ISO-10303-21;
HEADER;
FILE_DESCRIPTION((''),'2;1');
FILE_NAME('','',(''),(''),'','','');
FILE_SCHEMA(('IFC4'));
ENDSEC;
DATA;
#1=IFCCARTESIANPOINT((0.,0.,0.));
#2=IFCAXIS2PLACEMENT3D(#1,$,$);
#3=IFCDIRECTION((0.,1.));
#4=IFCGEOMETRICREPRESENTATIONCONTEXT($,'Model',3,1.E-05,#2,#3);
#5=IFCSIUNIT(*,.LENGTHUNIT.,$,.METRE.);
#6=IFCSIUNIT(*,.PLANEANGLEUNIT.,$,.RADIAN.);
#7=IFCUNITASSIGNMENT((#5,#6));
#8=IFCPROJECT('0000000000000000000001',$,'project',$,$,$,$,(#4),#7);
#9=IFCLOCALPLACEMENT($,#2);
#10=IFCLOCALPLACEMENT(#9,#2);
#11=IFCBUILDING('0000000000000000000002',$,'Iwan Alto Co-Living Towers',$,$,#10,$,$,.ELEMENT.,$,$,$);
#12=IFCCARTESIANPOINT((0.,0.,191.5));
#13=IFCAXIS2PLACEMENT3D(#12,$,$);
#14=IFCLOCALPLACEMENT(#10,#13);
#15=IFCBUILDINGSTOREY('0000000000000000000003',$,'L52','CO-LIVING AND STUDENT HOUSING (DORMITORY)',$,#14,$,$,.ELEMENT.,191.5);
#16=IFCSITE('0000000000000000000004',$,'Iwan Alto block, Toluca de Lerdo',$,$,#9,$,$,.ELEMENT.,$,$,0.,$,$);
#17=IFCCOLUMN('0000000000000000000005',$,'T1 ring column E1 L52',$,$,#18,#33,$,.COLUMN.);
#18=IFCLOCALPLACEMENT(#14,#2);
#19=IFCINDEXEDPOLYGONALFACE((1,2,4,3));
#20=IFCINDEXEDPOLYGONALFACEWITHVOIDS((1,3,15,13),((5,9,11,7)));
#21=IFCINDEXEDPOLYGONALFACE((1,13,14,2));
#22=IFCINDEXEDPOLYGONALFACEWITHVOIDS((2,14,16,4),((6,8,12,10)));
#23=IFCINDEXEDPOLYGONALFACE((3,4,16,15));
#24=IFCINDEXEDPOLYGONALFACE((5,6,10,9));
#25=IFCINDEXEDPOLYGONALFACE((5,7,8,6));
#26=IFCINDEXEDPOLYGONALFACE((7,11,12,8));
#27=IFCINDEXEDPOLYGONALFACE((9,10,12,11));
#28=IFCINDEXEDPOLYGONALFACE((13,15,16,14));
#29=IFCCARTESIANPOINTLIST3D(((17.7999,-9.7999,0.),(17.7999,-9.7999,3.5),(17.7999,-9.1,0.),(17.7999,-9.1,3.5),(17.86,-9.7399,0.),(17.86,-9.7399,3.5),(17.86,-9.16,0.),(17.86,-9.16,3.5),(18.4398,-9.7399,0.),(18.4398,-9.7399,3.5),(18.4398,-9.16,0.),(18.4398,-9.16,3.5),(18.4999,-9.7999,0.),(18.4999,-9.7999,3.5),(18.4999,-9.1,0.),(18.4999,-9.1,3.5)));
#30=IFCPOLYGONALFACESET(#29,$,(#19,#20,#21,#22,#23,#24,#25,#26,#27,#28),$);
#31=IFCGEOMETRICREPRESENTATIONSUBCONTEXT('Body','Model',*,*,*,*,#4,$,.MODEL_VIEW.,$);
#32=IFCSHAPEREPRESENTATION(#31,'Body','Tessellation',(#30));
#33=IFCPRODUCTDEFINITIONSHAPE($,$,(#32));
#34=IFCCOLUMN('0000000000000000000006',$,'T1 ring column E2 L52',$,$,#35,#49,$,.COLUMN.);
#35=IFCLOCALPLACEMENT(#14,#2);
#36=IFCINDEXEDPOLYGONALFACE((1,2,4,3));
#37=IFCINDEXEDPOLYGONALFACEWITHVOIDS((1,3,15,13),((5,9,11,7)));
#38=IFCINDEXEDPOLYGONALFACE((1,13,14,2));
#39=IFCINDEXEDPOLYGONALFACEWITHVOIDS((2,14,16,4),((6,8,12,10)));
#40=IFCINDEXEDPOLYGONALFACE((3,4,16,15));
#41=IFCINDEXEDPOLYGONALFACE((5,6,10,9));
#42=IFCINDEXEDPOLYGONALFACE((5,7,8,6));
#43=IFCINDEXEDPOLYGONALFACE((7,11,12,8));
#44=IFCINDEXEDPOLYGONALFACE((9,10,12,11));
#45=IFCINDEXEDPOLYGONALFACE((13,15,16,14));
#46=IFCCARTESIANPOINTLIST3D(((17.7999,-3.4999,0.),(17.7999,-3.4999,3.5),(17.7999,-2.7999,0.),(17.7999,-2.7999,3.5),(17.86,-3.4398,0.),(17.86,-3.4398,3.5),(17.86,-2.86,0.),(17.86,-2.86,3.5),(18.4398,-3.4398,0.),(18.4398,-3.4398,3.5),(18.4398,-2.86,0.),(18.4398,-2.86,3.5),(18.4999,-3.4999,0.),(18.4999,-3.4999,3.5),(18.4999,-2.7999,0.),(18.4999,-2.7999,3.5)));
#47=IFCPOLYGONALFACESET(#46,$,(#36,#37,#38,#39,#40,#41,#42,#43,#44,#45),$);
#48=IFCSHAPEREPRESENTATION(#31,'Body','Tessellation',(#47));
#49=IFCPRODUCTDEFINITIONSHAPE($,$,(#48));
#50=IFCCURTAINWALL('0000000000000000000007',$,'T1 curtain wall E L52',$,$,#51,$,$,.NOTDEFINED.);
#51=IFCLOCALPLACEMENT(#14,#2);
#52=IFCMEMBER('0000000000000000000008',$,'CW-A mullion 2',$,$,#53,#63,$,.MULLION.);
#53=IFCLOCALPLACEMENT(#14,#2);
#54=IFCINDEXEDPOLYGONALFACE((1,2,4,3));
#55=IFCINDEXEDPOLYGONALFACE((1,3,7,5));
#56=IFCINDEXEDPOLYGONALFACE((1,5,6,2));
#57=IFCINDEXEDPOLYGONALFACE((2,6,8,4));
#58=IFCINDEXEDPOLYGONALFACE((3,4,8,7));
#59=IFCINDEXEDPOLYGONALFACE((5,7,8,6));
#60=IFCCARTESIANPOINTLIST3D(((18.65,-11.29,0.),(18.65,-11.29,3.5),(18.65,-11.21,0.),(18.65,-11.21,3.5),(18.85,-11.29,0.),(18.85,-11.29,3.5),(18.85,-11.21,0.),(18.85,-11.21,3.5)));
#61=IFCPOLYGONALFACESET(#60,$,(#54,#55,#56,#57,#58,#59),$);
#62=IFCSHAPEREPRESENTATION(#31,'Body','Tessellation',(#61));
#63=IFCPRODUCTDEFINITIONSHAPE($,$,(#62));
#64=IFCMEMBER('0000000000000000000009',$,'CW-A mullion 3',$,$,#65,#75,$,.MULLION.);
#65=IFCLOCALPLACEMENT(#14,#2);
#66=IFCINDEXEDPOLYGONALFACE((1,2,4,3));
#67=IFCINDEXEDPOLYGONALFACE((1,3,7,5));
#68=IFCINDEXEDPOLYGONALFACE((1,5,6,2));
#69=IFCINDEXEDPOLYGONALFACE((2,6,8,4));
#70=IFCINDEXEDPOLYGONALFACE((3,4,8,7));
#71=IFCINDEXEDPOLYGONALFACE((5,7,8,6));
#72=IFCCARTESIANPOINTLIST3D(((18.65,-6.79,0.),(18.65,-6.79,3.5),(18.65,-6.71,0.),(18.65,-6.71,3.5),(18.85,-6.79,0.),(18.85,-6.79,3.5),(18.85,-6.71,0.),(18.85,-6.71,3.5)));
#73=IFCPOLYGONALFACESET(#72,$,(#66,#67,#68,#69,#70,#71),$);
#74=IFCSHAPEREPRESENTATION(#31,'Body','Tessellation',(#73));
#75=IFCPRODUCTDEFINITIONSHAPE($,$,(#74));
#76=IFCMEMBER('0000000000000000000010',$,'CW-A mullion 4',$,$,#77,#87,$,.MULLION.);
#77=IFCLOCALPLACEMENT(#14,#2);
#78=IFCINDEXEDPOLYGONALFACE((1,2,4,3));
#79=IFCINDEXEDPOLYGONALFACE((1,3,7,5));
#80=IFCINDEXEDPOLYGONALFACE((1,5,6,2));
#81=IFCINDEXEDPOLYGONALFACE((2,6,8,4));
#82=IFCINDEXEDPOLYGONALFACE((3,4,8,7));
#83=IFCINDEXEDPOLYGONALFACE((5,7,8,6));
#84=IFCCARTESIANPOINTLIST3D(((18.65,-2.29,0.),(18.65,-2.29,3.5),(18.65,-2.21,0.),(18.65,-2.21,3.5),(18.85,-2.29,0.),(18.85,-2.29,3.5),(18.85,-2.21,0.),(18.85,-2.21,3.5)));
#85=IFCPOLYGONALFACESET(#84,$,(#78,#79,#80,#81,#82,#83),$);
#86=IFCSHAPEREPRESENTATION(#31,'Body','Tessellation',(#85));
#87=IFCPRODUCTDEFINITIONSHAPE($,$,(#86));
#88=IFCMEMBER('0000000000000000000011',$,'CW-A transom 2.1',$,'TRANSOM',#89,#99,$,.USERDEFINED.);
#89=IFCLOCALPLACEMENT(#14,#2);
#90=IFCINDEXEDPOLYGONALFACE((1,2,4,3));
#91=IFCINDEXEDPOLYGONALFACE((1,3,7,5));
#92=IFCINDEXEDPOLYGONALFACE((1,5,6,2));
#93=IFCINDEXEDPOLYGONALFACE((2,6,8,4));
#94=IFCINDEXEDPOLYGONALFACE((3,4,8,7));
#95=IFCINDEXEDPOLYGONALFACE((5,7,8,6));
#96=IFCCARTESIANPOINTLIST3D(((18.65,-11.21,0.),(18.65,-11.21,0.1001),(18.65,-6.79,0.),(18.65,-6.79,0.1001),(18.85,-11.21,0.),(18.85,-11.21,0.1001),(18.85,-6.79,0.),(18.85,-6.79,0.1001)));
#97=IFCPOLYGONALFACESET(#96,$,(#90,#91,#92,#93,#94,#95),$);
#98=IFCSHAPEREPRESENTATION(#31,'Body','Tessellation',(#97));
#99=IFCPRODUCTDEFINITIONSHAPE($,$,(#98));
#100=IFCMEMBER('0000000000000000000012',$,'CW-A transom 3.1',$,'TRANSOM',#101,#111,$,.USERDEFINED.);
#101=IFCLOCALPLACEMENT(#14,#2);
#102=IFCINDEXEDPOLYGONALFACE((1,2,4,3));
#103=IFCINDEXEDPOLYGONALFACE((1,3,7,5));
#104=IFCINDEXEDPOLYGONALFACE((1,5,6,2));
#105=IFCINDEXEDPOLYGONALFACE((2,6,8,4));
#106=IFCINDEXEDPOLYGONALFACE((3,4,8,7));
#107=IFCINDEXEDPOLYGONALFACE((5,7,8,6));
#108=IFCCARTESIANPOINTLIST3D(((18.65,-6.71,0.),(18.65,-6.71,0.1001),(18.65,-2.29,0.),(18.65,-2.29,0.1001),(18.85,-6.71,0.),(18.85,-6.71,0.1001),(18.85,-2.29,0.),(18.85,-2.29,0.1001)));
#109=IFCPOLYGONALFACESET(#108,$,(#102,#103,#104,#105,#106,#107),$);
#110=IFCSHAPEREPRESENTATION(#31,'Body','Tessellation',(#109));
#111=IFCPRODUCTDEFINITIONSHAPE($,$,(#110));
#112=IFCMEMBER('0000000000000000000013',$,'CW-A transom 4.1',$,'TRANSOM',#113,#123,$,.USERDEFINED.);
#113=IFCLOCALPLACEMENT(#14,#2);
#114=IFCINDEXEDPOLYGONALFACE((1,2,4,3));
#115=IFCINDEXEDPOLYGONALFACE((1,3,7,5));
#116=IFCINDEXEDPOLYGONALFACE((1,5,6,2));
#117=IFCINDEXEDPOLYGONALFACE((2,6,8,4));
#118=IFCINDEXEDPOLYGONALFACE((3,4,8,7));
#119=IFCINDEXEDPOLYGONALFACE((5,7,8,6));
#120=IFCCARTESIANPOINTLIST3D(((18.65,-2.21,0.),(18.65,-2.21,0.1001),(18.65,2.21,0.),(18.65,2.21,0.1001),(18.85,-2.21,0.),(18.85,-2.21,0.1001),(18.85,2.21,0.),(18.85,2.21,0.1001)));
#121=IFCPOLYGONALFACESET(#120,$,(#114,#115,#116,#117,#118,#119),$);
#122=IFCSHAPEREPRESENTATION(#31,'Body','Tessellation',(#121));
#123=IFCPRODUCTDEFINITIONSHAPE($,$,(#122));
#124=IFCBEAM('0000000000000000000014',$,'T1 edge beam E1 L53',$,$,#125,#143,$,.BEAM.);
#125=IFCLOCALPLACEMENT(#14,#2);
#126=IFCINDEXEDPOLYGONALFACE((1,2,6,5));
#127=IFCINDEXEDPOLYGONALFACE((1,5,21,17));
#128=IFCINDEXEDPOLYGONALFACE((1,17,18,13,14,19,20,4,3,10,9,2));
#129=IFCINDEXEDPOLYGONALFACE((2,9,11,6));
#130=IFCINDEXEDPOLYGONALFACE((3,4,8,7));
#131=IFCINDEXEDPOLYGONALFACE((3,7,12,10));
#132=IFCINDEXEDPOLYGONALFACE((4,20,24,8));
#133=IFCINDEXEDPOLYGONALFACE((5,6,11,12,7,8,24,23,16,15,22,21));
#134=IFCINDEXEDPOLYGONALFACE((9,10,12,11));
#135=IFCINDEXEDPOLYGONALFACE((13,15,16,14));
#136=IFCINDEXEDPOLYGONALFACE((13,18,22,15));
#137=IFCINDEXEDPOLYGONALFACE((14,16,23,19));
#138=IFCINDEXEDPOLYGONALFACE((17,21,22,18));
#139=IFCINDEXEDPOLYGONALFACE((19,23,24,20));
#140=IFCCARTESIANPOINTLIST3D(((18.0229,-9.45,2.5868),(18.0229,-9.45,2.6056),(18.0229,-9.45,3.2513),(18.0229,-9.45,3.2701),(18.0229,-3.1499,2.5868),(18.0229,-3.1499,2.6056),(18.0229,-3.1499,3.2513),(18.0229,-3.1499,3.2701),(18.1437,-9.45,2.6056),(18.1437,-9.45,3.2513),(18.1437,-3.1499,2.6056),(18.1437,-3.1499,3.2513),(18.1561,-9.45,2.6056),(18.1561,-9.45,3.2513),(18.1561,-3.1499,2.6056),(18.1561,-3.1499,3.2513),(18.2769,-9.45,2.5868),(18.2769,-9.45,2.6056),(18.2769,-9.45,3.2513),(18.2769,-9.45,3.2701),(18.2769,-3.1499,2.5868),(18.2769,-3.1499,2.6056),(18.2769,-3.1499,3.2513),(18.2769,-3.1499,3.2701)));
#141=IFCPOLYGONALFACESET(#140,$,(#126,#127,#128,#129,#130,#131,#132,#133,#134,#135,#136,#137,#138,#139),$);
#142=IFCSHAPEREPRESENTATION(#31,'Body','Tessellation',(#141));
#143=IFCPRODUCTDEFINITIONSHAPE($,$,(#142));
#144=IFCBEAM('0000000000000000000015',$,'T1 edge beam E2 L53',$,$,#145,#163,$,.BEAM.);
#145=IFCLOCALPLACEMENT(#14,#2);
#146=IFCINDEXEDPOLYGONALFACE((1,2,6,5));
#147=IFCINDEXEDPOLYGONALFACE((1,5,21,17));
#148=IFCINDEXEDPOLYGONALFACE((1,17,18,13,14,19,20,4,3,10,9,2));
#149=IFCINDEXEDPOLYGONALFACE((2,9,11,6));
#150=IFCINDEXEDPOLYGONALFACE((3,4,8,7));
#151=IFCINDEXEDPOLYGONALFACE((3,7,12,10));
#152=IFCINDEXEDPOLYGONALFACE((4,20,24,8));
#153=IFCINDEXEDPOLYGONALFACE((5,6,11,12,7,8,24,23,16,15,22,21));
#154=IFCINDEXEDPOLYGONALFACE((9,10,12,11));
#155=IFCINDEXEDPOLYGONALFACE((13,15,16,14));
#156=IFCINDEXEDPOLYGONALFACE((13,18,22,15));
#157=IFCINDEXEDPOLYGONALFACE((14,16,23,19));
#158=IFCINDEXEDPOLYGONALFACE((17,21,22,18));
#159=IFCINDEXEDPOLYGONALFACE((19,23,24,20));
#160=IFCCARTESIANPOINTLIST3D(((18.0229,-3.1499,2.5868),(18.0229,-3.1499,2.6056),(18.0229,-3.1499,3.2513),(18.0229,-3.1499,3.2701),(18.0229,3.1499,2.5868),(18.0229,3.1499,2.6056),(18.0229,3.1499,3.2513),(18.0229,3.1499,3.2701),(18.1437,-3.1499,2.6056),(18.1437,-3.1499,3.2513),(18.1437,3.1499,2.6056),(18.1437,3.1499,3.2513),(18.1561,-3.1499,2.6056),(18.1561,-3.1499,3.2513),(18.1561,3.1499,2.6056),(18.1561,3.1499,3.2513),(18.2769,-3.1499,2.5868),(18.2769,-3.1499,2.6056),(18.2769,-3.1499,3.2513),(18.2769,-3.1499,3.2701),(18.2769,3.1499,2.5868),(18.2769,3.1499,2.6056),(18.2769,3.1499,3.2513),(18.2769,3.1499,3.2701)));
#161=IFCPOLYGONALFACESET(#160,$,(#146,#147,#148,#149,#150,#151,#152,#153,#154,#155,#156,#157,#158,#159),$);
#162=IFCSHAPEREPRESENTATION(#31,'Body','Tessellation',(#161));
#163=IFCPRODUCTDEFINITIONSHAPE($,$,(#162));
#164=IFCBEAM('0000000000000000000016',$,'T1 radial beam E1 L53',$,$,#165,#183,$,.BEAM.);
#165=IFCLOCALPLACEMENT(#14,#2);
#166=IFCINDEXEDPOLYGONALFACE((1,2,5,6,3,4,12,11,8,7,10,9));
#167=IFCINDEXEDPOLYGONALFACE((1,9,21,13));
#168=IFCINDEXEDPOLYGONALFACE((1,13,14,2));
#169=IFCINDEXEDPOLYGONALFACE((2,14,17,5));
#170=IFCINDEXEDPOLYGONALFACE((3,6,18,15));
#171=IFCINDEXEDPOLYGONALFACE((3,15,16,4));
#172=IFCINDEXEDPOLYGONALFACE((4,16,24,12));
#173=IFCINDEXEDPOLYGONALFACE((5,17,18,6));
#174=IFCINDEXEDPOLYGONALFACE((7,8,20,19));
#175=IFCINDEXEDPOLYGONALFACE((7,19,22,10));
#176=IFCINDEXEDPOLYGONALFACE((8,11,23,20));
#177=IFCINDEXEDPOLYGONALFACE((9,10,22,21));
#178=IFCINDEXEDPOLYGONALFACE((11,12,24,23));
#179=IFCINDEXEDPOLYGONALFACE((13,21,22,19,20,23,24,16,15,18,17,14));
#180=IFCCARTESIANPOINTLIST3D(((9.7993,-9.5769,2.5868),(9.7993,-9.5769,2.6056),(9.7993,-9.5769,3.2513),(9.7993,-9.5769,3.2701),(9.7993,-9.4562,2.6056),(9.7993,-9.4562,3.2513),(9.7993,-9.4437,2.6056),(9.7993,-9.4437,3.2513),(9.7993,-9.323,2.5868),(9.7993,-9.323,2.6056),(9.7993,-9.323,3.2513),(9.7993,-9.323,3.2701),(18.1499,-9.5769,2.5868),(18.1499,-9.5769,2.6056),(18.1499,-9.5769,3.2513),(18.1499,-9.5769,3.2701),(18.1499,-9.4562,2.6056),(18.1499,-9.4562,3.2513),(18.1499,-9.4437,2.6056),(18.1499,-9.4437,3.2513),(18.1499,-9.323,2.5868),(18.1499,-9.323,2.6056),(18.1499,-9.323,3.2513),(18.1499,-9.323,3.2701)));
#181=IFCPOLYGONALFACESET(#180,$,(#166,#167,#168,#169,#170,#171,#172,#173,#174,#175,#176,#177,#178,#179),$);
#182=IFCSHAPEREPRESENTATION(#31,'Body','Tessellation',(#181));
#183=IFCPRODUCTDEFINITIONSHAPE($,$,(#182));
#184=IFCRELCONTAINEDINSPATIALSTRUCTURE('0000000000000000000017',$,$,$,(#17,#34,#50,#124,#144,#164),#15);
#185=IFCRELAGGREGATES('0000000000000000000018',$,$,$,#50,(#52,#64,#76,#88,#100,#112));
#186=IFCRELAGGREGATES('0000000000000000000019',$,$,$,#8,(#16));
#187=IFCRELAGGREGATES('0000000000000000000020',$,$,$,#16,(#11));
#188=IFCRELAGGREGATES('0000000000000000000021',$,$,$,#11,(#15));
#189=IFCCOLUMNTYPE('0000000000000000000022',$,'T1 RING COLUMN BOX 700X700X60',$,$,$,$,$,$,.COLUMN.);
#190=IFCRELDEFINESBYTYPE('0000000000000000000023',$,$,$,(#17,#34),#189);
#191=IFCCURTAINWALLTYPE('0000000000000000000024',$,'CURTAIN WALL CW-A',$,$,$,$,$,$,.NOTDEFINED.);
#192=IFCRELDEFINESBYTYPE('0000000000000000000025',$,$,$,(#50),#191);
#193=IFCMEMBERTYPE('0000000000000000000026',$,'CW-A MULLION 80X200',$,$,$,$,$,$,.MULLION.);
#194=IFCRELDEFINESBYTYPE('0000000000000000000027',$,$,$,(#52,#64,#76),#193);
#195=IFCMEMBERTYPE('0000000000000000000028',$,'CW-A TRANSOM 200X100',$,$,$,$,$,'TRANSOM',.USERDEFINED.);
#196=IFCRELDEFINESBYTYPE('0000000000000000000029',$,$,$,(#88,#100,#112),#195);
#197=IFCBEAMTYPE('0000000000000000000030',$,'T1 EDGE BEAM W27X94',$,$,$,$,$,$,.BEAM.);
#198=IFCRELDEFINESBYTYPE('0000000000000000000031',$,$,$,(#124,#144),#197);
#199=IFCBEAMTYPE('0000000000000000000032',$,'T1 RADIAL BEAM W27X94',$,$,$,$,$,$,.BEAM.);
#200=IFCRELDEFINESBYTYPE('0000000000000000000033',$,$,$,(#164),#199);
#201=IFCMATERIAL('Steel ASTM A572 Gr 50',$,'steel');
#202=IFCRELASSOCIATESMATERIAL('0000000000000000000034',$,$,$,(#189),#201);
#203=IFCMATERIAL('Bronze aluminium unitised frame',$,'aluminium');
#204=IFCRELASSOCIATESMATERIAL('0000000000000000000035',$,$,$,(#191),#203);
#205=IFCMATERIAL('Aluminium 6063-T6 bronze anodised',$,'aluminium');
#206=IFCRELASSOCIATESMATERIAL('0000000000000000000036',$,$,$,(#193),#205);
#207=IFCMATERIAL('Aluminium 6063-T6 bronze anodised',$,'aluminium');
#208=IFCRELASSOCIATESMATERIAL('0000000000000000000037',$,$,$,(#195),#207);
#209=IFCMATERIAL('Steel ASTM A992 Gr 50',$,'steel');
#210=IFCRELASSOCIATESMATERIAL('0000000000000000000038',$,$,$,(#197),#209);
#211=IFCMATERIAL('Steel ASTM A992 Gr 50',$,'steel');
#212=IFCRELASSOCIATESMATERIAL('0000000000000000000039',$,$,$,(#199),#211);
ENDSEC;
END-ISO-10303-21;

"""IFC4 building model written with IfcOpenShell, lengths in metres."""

from ifc_helpers import new_model, si_unit, direction, frame, origin, origin_2d, place, context, subcontext, project, spatial, rectangle, hollow_rectangle, i_section, extrude, material, material_profile, profile_set, type_object, element, aggregate, save


model = new_model("IFC4")

# Units and contexts
model_context = context("Model", 3, precision=1e-05, world=origin(), true_north=direction((0.0, 1.0)))
body_context = subcontext(model_context, "Body", "Model", "MODEL_VIEW")
ifc_project = project(units=[si_unit("LENGTHUNIT", "METRE"), si_unit("PLANEANGLEUNIT", "RADIAN")], contexts=[model_context])

# Site, building, storey
site_placement = place(None, origin())
site = spatial("IfcSite", under=ifc_project, at=site_placement, Name="Iwan Alto block, Toluca de Lerdo", CompositionType="ELEMENT", RefElevation=0.0)
building_placement = place(site_placement, origin())
building = spatial("IfcBuilding", under=site, at=building_placement, Name="Iwan Alto Co-Living Towers", CompositionType="ELEMENT")
storey_placement = place(building_placement, frame((0.0, 0.0, 191.5)))
storey = spatial("IfcBuildingStorey", under=building, at=storey_placement, Name="L52", Description="CO-LIVING AND STUDENT HOUSING (DORMITORY)", CompositionType="ELEMENT", Elevation=191.5)

# Columns
ifc_material_1 = material(Name="Steel ASTM A572 Gr 50", Category="steel")
ifc_material_profile_1 = material_profile(ifc_material_1, hollow_rectangle(XDim=0.7, YDim=0.7, WallThickness=0.0601, at=origin_2d()), Name="BOX 700X700X60")
ifc_profile_set_1 = profile_set([ifc_material_profile_1], Name="Steel ASTM A572 Gr 50")
column_type = type_object("IfcColumnType", Name="T1 RING COLUMN BOX 700X700X60", PredefinedType="COLUMN", material=ifc_profile_set_1)
for number, where, z_axis, x_axis, name in (
    (1, (18.1499, -9.45, 0.0), (0.0, 0.0, 1.0), (1.0, 0.0, 0.0), "T1 ring column E1 L52"),
    (2, (18.1499, -3.1499, 0.0), (0.0, 0.0, 1.0), (1.0, 0.0, 0.0), "T1 ring column E2 L52"),
):
    element("IfcColumn", number, at=place(storey_placement, frame(where, z_axis=z_axis, x_axis=x_axis)), inside=storey, type_object=column_type, Name=name, PredefinedType="COLUMN", context=body_context, shape_type="SweptSolid", body=[
        extrude(hollow_rectangle(XDim=0.7, YDim=0.7, WallThickness=0.0601, at=origin_2d()), origin(), (0.0, 0.0, 1.0), 3.5),
    ])

# Curtain wall, members
ifc_material_2 = material(Name="Bronze aluminium unitised frame", Category="aluminium")
curtain_wall_type = type_object("IfcCurtainWallType", Name="CURTAIN WALL CW-A", PredefinedType="NOTDEFINED", material=ifc_material_2)
curtain_wall_placement = place(storey_placement, origin())
curtain_wall = element("IfcCurtainWall", 3, at=curtain_wall_placement, inside=storey, type_object=curtain_wall_type, Name="T1 curtain wall E L52", PredefinedType="NOTDEFINED")
ifc_material_3 = material(Name="Aluminium 6063-T6 bronze anodised", Category="aluminium")
ifc_material_profile_2 = material_profile(ifc_material_3, rectangle(XDim=0.2, YDim=0.0801, at=origin_2d()), Name="AL 80X200")
ifc_profile_set_2 = profile_set([ifc_material_profile_2], Name="Aluminium 6063-T6 bronze anodised")
member_type_1 = type_object("IfcMemberType", Name="CW-A MULLION 80X200", PredefinedType="MULLION", material=ifc_profile_set_2)
member_1_placement = place(storey_placement, frame((18.75, -11.25, 0.0), z_axis=(0.0, 0.0, 1.0), x_axis=(-1.0, 0.0, 0.0)))
member_1 = element("IfcMember", 4, at=member_1_placement, type_object=member_type_1, Name="CW-A mullion 2", PredefinedType="MULLION", context=body_context, shape_type="SweptSolid", body=[
    extrude(rectangle(XDim=0.2, YDim=0.0801, at=origin_2d()), origin(), (0.0, 0.0, 1.0), 3.5),
])
member_2_placement = place(storey_placement, frame((18.75, -6.75, 0.0), z_axis=(0.0, 0.0, 1.0), x_axis=(-1.0, 0.0, 0.0)))
member_2 = element("IfcMember", 5, at=member_2_placement, type_object=member_type_1, Name="CW-A mullion 3", PredefinedType="MULLION", context=body_context, shape_type="SweptSolid", body=[
    extrude(rectangle(XDim=0.2, YDim=0.0801, at=origin_2d()), origin(), (0.0, 0.0, 1.0), 3.5),
])
member_3_placement = place(storey_placement, frame((18.75, -2.25, 0.0), z_axis=(0.0, 0.0, 1.0), x_axis=(-1.0, 0.0, 0.0)))
member_3 = element("IfcMember", 6, at=member_3_placement, type_object=member_type_1, Name="CW-A mullion 4", PredefinedType="MULLION", context=body_context, shape_type="SweptSolid", body=[
    extrude(rectangle(XDim=0.2, YDim=0.0801, at=origin_2d()), origin(), (0.0, 0.0, 1.0), 3.5),
])
ifc_material_4 = material(Name="Aluminium 6063-T6 bronze anodised", Category="aluminium")
ifc_material_profile_3 = material_profile(ifc_material_4, rectangle(XDim=0.2, YDim=0.1001, at=origin_2d()), Name="AL 200X100")
ifc_profile_set_3 = profile_set([ifc_material_profile_3], Name="Aluminium 6063-T6 bronze anodised")
member_type_2 = type_object("IfcMemberType", Name="CW-A TRANSOM 200X100", ElementType="TRANSOM", PredefinedType="USERDEFINED", material=ifc_profile_set_3)
member_4_placement = place(storey_placement, frame((18.75, -11.21, 0.05), z_axis=(0.0, 1.0, 0.0), x_axis=(-1.0, 0.0, 0.0)))
member_4 = element("IfcMember", 7, at=member_4_placement, type_object=member_type_2, Name="CW-A transom 2.1", ObjectType="TRANSOM", PredefinedType="USERDEFINED", context=body_context, shape_type="SweptSolid", body=[
    extrude(rectangle(XDim=0.2, YDim=0.1001, at=origin_2d()), origin(), (0.0, 0.0, 1.0), 4.4199),
])
member_5_placement = place(storey_placement, frame((18.75, -6.71, 0.05), z_axis=(0.0, 1.0, 0.0), x_axis=(-1.0, 0.0, 0.0)))
member_5 = element("IfcMember", 8, at=member_5_placement, type_object=member_type_2, Name="CW-A transom 3.1", ObjectType="TRANSOM", PredefinedType="USERDEFINED", context=body_context, shape_type="SweptSolid", body=[
    extrude(rectangle(XDim=0.2, YDim=0.1001, at=origin_2d()), origin(), (0.0, 0.0, 1.0), 4.4199),
])
member_6_placement = place(storey_placement, frame((18.75, -2.21, 0.05), z_axis=(0.0, 1.0, 0.0), x_axis=(-1.0, 0.0, 0.0)))
member_6 = element("IfcMember", 9, at=member_6_placement, type_object=member_type_2, Name="CW-A transom 4.1", ObjectType="TRANSOM", PredefinedType="USERDEFINED", context=body_context, shape_type="SweptSolid", body=[
    extrude(rectangle(XDim=0.2, YDim=0.1001, at=origin_2d()), origin(), (0.0, 0.0, 1.0), 4.4199),
])

# Beams
ifc_material_5 = material(Name="Steel ASTM A992 Gr 50", Category="steel")
ifc_material_profile_4 = material_profile(ifc_material_5, i_section(OverallWidth=0.2539, OverallDepth=0.6833, WebThickness=0.0125, FlangeThickness=0.0188, at=origin_2d()), Name="W27X94")
ifc_profile_set_4 = profile_set([ifc_material_profile_4], Name="Steel ASTM A992 Gr 50")
beam_type_1 = type_object("IfcBeamType", Name="T1 EDGE BEAM W27X94", PredefinedType="BEAM", material=ifc_profile_set_4)
beam_1_placement = place(storey_placement, frame((18.1499, -9.45, 2.9285), z_axis=(0.0, 1.0, 0.0), x_axis=(-1.0, 0.0, 0.0)))
element("IfcBeam", 10, at=beam_1_placement, inside=storey, type_object=beam_type_1, Name="T1 edge beam E1 L53", PredefinedType="BEAM", context=body_context, shape_type="SweptSolid", body=[
    extrude(i_section(OverallWidth=0.2539, OverallDepth=0.6833, WebThickness=0.0125, FlangeThickness=0.0188, at=origin_2d()), origin(), (0.0, 0.0, 1.0), 6.3),
])
beam_2_placement = place(storey_placement, frame((18.1499, -3.1499, 2.9285), z_axis=(0.0, 1.0, 0.0), x_axis=(-1.0, 0.0, 0.0)))
element("IfcBeam", 11, at=beam_2_placement, inside=storey, type_object=beam_type_1, Name="T1 edge beam E2 L53", PredefinedType="BEAM", context=body_context, shape_type="SweptSolid", body=[
    extrude(i_section(OverallWidth=0.2539, OverallDepth=0.6833, WebThickness=0.0125, FlangeThickness=0.0188, at=origin_2d()), origin(), (0.0, 0.0, 1.0), 6.2998),
])
ifc_material_6 = material(Name="Steel ASTM A992 Gr 50", Category="steel")
ifc_material_profile_5 = material_profile(ifc_material_6, i_section(OverallWidth=0.2539, OverallDepth=0.6833, WebThickness=0.0125, FlangeThickness=0.0188, at=origin_2d()), Name="W27X94")
ifc_profile_set_5 = profile_set([ifc_material_profile_5], Name="Steel ASTM A992 Gr 50")
beam_type_2 = type_object("IfcBeamType", Name="T1 RADIAL BEAM W27X94", PredefinedType="BEAM", material=ifc_profile_set_5)
for number, where, z_axis, x_axis, name in (
    (12, (18.1499, -9.45, 2.9285), (-1.0, 0.0, 0.0), (0.0, -1.0, 0.0), "T1 radial beam E1 L53"),
):
    element("IfcBeam", number, at=place(storey_placement, frame(where, z_axis=z_axis, x_axis=x_axis)), inside=storey, type_object=beam_type_2, Name=name, PredefinedType="BEAM", context=body_context, shape_type="SweptSolid", body=[
        extrude(i_section(OverallWidth=0.2539, OverallDepth=0.6833, WebThickness=0.0125, FlangeThickness=0.0188, at=origin_2d()), origin(), (0.0, 0.0, 1.0), 8.3506),
    ])

aggregate(curtain_wall, [member_1, member_2, member_3, member_4, member_5, member_6])

save(model, "model.ifc")
